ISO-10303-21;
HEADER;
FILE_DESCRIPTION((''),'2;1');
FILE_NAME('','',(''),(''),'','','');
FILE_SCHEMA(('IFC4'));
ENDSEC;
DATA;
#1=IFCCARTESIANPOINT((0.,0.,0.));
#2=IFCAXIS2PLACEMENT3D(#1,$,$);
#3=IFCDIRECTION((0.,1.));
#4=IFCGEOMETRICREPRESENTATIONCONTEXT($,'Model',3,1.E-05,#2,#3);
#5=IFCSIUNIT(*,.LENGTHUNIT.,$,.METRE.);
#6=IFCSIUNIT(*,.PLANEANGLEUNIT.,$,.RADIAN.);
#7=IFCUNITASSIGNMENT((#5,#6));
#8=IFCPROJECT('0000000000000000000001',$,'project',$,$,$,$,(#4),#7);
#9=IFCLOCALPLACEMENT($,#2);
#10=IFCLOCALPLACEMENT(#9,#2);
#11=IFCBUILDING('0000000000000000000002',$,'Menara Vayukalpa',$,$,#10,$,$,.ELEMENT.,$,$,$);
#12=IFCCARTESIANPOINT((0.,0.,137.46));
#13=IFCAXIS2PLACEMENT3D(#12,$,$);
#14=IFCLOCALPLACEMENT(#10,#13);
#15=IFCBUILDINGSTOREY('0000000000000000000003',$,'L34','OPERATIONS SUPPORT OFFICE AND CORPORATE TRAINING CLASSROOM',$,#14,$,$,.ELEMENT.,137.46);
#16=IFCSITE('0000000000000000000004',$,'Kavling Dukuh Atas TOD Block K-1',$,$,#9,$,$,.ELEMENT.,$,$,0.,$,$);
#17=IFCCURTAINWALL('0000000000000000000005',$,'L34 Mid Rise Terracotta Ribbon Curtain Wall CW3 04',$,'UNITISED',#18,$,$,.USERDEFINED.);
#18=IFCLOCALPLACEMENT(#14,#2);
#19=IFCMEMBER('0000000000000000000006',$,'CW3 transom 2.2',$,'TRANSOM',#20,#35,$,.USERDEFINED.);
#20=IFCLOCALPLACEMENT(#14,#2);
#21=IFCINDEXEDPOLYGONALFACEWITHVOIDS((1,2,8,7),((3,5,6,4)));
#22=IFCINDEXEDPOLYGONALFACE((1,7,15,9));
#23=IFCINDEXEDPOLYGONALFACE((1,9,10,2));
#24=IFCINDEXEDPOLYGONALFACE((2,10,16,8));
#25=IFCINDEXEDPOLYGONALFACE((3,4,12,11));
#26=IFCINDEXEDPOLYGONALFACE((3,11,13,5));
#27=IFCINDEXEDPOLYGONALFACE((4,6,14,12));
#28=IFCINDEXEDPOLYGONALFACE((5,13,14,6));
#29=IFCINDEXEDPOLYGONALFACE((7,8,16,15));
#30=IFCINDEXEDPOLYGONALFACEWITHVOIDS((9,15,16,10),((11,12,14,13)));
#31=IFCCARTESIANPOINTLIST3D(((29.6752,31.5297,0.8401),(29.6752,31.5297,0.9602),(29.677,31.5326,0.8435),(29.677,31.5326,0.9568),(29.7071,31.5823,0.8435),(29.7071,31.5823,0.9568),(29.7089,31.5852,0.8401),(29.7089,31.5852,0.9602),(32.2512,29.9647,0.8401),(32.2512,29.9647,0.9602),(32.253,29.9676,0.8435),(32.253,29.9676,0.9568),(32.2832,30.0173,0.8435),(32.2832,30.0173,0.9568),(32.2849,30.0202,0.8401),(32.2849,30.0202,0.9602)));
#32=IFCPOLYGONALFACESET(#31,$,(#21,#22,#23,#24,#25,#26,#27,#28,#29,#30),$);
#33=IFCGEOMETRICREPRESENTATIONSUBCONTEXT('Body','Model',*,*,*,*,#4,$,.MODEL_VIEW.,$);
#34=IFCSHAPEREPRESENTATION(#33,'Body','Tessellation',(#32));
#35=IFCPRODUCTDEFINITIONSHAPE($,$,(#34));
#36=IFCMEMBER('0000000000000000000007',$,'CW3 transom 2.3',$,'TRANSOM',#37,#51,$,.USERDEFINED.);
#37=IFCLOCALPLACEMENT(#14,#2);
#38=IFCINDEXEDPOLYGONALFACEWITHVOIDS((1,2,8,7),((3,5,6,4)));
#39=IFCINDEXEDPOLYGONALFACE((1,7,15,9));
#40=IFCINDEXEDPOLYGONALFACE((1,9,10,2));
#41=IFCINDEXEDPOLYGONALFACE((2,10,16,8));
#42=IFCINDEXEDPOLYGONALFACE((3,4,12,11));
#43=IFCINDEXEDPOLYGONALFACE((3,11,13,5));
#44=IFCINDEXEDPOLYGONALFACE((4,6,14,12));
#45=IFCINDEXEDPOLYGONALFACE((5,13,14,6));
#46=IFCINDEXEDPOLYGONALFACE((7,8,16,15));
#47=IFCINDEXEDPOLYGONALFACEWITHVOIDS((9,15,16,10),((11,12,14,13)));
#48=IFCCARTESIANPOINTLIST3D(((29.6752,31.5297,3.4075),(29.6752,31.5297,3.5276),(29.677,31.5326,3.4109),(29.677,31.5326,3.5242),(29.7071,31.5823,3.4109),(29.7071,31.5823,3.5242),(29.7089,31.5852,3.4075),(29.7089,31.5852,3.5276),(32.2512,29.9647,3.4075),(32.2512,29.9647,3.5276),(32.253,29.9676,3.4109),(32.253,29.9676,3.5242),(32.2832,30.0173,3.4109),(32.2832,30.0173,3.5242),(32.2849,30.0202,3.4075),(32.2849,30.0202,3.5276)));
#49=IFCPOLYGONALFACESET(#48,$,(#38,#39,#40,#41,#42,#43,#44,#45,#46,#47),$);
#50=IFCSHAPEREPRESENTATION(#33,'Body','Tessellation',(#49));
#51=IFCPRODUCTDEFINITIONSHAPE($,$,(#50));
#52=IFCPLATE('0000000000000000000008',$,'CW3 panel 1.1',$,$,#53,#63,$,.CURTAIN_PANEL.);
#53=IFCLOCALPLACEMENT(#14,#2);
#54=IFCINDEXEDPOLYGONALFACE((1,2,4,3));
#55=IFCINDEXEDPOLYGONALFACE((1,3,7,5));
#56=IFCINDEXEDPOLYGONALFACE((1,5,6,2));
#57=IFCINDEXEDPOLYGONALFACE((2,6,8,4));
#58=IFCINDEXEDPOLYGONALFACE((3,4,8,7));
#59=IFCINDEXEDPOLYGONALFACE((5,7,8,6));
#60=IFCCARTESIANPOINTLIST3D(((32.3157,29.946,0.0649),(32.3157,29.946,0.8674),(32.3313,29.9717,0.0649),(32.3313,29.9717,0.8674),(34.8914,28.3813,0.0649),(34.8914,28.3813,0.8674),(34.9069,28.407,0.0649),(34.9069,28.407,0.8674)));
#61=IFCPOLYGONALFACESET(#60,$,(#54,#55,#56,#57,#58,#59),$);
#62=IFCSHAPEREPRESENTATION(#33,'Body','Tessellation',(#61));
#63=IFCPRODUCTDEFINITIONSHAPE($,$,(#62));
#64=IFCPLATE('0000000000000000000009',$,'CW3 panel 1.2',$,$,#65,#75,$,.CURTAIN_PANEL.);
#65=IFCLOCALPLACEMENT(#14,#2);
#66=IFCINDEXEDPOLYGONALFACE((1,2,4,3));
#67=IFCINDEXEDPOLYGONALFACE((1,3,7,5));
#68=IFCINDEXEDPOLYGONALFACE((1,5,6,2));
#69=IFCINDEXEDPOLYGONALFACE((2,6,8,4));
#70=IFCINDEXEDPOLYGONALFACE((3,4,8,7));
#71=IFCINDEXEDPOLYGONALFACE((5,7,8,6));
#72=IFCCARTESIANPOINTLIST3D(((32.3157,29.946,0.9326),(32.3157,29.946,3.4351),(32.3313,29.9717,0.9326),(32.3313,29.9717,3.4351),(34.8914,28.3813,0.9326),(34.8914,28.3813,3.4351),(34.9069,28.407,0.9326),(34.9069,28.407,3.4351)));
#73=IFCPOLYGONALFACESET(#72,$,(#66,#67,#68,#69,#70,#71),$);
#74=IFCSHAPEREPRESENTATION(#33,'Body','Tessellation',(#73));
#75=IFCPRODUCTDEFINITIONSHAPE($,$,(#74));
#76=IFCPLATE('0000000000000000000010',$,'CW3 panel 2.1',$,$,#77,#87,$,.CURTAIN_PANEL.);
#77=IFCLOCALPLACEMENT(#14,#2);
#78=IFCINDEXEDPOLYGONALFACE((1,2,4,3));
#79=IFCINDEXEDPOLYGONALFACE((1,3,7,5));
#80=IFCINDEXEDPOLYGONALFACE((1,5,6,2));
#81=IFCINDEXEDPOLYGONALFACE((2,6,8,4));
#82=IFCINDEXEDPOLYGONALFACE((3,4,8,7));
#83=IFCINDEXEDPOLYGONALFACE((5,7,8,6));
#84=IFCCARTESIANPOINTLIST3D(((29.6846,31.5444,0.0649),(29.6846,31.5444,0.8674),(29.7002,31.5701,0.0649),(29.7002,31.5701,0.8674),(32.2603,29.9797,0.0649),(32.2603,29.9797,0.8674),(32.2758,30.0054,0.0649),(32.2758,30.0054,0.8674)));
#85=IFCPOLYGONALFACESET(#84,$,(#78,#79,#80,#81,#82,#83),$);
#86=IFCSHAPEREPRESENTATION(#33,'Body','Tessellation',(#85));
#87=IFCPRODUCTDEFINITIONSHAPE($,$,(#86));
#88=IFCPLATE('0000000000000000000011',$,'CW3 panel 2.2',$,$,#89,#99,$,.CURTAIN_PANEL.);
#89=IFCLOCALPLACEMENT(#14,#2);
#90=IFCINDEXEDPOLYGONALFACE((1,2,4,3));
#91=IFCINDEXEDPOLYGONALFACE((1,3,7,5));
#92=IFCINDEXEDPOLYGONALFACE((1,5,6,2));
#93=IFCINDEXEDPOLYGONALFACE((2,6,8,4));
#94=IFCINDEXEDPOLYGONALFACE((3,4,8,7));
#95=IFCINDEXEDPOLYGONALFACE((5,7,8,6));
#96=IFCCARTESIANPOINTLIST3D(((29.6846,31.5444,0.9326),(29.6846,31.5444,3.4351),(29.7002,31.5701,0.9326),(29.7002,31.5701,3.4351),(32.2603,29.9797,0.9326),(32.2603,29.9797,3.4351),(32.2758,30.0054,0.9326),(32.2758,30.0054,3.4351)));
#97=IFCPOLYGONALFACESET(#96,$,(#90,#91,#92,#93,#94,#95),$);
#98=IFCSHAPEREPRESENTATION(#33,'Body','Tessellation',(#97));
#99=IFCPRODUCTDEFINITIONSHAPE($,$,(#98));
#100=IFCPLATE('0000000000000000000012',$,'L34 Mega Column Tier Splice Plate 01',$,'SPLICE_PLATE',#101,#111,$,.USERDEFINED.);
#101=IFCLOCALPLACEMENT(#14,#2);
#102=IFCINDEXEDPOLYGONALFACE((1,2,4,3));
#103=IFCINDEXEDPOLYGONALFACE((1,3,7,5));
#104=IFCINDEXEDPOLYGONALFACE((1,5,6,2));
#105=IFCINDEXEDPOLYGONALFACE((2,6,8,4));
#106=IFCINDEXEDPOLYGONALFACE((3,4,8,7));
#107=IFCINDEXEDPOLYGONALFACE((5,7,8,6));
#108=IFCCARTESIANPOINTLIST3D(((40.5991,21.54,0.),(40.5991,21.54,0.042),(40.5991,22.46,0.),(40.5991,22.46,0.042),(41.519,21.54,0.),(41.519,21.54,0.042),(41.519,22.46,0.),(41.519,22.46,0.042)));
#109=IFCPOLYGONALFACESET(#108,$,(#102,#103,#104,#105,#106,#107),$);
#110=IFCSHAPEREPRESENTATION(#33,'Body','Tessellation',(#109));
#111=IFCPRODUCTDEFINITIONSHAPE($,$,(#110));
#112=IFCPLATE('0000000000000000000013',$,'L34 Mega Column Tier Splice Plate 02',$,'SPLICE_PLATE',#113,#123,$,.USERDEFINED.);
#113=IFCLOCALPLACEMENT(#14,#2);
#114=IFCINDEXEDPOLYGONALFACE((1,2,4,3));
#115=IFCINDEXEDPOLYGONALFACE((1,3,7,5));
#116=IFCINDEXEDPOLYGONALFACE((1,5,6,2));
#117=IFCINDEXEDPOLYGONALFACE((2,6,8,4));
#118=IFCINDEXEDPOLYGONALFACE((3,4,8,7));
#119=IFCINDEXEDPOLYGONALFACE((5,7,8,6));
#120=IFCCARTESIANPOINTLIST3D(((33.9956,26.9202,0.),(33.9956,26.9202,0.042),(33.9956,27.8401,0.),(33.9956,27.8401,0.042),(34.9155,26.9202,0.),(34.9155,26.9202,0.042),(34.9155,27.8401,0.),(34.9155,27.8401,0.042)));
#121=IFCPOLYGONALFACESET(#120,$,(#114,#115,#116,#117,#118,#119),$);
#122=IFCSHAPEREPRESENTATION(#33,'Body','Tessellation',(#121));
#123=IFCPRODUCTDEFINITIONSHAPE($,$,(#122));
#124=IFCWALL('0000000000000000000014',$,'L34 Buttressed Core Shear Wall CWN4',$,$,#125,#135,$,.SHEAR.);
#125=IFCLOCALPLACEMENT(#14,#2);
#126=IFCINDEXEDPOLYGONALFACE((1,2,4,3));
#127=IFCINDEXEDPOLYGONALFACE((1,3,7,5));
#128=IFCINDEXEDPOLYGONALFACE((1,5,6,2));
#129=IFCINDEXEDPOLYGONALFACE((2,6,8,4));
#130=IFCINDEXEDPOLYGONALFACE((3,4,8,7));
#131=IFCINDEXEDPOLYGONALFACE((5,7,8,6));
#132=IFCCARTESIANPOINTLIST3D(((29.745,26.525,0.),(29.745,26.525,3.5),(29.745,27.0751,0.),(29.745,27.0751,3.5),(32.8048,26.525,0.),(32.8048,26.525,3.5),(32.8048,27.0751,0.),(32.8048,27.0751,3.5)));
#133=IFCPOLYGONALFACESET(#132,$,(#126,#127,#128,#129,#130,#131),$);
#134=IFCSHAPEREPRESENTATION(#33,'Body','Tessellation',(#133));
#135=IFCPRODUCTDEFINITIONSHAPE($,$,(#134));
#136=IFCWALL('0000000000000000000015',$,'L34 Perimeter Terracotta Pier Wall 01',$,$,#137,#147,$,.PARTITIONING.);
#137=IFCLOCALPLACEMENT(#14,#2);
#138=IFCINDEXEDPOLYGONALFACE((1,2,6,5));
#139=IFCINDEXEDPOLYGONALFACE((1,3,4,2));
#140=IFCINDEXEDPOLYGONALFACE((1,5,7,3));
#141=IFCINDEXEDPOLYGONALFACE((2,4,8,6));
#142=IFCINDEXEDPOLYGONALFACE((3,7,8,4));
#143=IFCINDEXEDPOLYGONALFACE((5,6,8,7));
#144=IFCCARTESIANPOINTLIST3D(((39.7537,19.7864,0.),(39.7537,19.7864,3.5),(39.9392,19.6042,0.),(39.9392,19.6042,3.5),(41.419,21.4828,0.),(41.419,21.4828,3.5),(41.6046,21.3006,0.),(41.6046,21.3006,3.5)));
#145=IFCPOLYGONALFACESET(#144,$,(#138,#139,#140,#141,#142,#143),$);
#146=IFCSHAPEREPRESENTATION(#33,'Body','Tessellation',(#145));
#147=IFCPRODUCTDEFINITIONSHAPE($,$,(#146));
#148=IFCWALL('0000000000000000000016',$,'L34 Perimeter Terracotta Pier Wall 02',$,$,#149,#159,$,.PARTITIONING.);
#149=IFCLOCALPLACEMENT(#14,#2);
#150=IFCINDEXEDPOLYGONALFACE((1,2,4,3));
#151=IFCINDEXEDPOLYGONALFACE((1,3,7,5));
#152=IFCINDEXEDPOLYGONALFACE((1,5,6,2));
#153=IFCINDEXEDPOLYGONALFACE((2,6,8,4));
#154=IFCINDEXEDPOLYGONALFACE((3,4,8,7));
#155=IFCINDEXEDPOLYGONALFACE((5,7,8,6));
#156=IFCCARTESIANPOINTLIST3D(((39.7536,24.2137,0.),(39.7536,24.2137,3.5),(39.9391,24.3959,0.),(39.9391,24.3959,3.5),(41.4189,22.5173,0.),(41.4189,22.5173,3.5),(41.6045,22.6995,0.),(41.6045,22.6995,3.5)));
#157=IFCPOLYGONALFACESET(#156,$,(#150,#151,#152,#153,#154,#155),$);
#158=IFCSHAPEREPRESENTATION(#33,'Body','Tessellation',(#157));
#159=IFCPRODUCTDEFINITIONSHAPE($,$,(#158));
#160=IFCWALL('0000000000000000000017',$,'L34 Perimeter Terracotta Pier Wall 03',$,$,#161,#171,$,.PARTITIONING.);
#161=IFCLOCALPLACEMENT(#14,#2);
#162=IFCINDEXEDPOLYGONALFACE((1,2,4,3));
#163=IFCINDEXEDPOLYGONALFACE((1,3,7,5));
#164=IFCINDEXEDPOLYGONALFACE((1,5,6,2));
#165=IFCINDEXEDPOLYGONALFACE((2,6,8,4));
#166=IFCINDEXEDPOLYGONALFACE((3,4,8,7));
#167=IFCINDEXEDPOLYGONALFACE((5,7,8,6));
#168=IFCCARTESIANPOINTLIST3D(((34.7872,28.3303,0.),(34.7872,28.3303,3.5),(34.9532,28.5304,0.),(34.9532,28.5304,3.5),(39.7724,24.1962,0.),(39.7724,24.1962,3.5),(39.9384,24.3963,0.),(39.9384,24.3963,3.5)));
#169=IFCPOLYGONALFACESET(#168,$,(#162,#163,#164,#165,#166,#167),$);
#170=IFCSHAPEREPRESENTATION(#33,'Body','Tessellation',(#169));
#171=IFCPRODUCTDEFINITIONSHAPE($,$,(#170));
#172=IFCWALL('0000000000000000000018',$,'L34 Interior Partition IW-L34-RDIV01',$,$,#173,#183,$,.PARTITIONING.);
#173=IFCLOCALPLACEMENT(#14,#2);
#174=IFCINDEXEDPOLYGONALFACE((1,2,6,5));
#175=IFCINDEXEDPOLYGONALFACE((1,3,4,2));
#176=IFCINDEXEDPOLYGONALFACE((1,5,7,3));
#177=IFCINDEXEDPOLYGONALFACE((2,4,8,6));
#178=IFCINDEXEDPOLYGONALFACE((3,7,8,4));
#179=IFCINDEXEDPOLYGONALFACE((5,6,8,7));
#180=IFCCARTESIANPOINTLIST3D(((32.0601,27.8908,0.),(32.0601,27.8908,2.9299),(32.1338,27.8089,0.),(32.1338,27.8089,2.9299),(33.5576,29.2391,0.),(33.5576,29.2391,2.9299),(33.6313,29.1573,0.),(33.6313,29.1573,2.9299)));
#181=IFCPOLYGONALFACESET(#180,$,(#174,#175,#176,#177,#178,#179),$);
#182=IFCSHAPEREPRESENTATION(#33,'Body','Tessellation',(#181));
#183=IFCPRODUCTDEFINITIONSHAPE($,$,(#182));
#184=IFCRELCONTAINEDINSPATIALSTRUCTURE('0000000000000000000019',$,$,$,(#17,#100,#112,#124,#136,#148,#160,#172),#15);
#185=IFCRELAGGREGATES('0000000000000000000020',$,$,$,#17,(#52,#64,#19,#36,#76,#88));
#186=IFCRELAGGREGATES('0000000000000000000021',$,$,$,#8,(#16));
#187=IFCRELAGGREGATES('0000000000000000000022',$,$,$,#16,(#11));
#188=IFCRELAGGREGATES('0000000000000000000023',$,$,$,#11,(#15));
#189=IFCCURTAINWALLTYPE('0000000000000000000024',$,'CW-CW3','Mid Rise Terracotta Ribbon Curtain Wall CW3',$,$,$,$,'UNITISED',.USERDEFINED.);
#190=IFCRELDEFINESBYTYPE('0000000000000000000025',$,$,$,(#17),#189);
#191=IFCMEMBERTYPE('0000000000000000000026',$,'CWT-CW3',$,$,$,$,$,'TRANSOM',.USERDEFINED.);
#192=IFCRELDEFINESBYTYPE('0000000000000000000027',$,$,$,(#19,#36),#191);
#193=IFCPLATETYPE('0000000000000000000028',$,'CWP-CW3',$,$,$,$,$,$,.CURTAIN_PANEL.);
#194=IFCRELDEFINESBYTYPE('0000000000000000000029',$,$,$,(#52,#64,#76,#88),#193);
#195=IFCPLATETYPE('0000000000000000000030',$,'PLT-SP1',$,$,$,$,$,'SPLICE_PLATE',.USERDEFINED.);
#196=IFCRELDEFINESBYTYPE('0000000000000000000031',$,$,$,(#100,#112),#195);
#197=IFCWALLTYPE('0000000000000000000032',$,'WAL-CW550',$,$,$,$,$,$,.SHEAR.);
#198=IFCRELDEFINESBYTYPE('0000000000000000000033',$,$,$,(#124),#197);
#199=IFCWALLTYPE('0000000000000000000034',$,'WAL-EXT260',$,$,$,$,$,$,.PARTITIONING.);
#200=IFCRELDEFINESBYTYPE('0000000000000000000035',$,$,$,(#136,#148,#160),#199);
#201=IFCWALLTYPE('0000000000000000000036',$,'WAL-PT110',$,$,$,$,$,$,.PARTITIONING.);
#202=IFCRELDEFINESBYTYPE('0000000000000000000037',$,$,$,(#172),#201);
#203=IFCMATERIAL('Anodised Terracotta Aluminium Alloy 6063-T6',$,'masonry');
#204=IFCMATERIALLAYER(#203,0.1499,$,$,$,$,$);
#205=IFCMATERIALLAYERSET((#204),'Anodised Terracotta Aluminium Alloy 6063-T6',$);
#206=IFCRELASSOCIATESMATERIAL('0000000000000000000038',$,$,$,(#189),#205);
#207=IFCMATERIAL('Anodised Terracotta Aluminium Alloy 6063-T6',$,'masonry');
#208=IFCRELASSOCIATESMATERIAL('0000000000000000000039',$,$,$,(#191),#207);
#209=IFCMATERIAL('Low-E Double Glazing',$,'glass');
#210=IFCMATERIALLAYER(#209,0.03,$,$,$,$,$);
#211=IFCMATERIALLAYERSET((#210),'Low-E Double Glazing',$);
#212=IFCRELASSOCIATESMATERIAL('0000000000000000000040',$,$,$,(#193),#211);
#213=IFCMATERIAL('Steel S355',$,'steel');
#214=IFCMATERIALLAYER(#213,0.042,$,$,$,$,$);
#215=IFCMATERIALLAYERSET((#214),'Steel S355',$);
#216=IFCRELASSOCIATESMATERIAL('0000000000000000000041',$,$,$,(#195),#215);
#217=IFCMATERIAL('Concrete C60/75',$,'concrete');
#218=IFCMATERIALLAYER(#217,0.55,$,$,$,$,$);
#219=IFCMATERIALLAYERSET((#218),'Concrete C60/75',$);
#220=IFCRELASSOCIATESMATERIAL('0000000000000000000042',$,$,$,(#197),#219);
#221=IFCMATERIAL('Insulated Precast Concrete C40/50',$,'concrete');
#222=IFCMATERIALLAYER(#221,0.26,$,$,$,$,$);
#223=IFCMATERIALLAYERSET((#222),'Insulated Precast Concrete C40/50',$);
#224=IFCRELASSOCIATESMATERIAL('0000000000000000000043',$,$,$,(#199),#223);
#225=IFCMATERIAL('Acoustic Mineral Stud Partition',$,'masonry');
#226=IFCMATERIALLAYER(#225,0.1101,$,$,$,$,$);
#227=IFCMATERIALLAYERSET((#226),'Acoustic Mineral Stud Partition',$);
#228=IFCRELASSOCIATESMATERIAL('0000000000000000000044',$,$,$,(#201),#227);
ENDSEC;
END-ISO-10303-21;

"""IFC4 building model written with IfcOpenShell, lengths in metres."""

from ifc_helpers import new_model, si_unit, direction, frame, frame_2d, origin, origin_2d, place, context, subcontext, project, spatial, rectangle, hollow_rectangle, extrude, material, layer, layer_set, material_profile, profile_set, type_object, element, aggregate, save


model = new_model("IFC4")

# Units and contexts
model_context = context("Model", 3, precision=1e-05, world=origin(), true_north=direction((0.0, 1.0)))
body_context = subcontext(model_context, "Body", "Model", "MODEL_VIEW")
ifc_project = project(units=[si_unit("LENGTHUNIT", "METRE"), si_unit("PLANEANGLEUNIT", "RADIAN")], contexts=[model_context])

# Site, building, storey
site_placement = place(None, origin())
site = spatial("IfcSite", under=ifc_project, at=site_placement, Name="Kavling Dukuh Atas TOD Block K-1", CompositionType="ELEMENT", RefElevation=0.0)
building_placement = place(site_placement, origin())
building = spatial("IfcBuilding", under=site, at=building_placement, Name="Menara Vayukalpa", CompositionType="ELEMENT")
storey_placement = place(building_placement, frame((0.0, 0.0, 137.46)))
storey = spatial("IfcBuildingStorey", under=building, at=storey_placement, Name="L34", Description="OPERATIONS SUPPORT OFFICE AND CORPORATE TRAINING CLASSROOM", CompositionType="ELEMENT", Elevation=137.46)

# Curtain wall, members, plates
ifc_material_1 = material(Name="Anodised Terracotta Aluminium Alloy 6063-T6", Category="masonry")
ifc_layer_1 = layer(ifc_material_1, 0.1499)
ifc_layer_set_1 = layer_set([ifc_layer_1], Name="Anodised Terracotta Aluminium Alloy 6063-T6")
curtain_wall_type = type_object("IfcCurtainWallType", Name="CW-CW3", Description="Mid Rise Terracotta Ribbon Curtain Wall CW3", ElementType="UNITISED", PredefinedType="USERDEFINED", material=ifc_layer_set_1)
curtain_wall_placement = place(storey_placement, origin())
curtain_wall = element("IfcCurtainWall", 1, at=curtain_wall_placement, inside=storey, type_object=curtain_wall_type, Name="L34 Mid Rise Terracotta Ribbon Curtain Wall CW3 04", ObjectType="UNITISED", PredefinedType="USERDEFINED")
ifc_material_2 = material(Name="Anodised Terracotta Aluminium Alloy 6063-T6", Category="masonry")
ifc_material_profile_1 = material_profile(ifc_material_2, hollow_rectangle(XDim=0.0649, YDim=0.1201, WallThickness=0.0034, at=origin_2d()), Name="ALU 65x120x3.5")
ifc_profile_set_1 = profile_set([ifc_material_profile_1], Name="Anodised Terracotta Aluminium Alloy 6063-T6")
member_type_1 = type_object("IfcMemberType", Name="CWT-CW3", ElementType="TRANSOM", PredefinedType="USERDEFINED", material=ifc_profile_set_1)
member_1_placement = place(storey_placement, frame((32.2681, 29.9924, 0.9001), z_axis=(-0.854642, 0.519217, 0.0), x_axis=(-0.519217, -0.854642, 0.0)))
member_1 = element("IfcMember", 2, at=member_1_placement, type_object=member_type_1, Name="CW3 transom 2.2", ObjectType="TRANSOM", PredefinedType="USERDEFINED", context=body_context, shape_type="SweptSolid", body=[
    extrude(hollow_rectangle(XDim=0.0649, YDim=0.1201, WallThickness=0.0034, at=origin_2d()), origin(), (0.0, 0.0, 1.0), 3.0142),
])
member_2_placement = place(storey_placement, frame((32.2681, 29.9924, 3.4675), z_axis=(-0.854642, 0.519217, 0.0), x_axis=(-0.519217, -0.854642, 0.0)))
member_2 = element("IfcMember", 3, at=member_2_placement, type_object=member_type_1, Name="CW3 transom 2.3", ObjectType="TRANSOM", PredefinedType="USERDEFINED", context=body_context, shape_type="SweptSolid", body=[
    extrude(hollow_rectangle(XDim=0.0649, YDim=0.1201, WallThickness=0.0034, at=origin_2d()), origin(), (0.0, 0.0, 1.0), 3.0142),
])
ifc_material_3 = material(Name="Low-E Double Glazing", Category="glass")
ifc_layer_2 = layer(ifc_material_3, 0.03)
ifc_layer_set_2 = layer_set([ifc_layer_2], Name="Low-E Double Glazing")
plate_type_1 = type_object("IfcPlateType", Name="CWP-CW3", PredefinedType="CURTAIN_PANEL", material=ifc_layer_set_2)
plate_1_placement = place(storey_placement, frame((33.6113, 29.1765, 0.0649), z_axis=(0.0, 0.0, 1.0), x_axis=(-0.854655, 0.519196, 0.0)))
plate_1 = element("IfcPlate", 4, at=plate_1_placement, type_object=plate_type_1, Name="CW3 panel 1.1", PredefinedType="CURTAIN_PANEL", context=body_context, shape_type="SweptSolid", body=[
    extrude(rectangle(XDim=3.0137, YDim=0.03, at=origin_2d()), origin(), (0.0, 0.0, 1.0), 0.8025),
])
plate_2_placement = place(storey_placement, frame((33.6113, 29.1765, 0.9326), z_axis=(0.0, 0.0, 1.0), x_axis=(-0.854655, 0.519196, 0.0)))
plate_2 = element("IfcPlate", 5, at=plate_2_placement, type_object=plate_type_1, Name="CW3 panel 1.2", PredefinedType="CURTAIN_PANEL", context=body_context, shape_type="SweptSolid", body=[
    extrude(rectangle(XDim=3.0137, YDim=0.03, at=origin_2d()), origin(), (0.0, 0.0, 1.0), 2.5024),
])
plate_3_placement = place(storey_placement, frame((30.9802, 30.7749, 0.0649), z_axis=(0.0, 0.0, 1.0), x_axis=(-0.854655, 0.519196, 0.0)))
plate_3 = element("IfcPlate", 6, at=plate_3_placement, type_object=plate_type_1, Name="CW3 panel 2.1", PredefinedType="CURTAIN_PANEL", context=body_context, shape_type="SweptSolid", body=[
    extrude(rectangle(XDim=3.0137, YDim=0.03, at=origin_2d()), origin(), (0.0, 0.0, 1.0), 0.8025),
])
plate_4_placement = place(storey_placement, frame((30.9802, 30.7749, 0.9326), z_axis=(0.0, 0.0, 1.0), x_axis=(-0.854655, 0.519196, 0.0)))
plate_4 = element("IfcPlate", 7, at=plate_4_placement, type_object=plate_type_1, Name="CW3 panel 2.2", PredefinedType="CURTAIN_PANEL", context=body_context, shape_type="SweptSolid", body=[
    extrude(rectangle(XDim=3.0137, YDim=0.03, at=origin_2d()), origin(), (0.0, 0.0, 1.0), 2.5024),
])
aggregate(curtain_wall, [plate_1, plate_2, member_1, member_2, plate_3, plate_4])

# Plates
ifc_material_4 = material(Name="Steel S355", Category="steel")
ifc_layer_3 = layer(ifc_material_4, 0.042)
ifc_layer_set_3 = layer_set([ifc_layer_3], Name="Steel S355")
plate_type_2 = type_object("IfcPlateType", Name="PLT-SP1", ElementType="SPLICE_PLATE", PredefinedType="USERDEFINED", material=ifc_layer_set_3)
for number, where, z_axis, x_axis, name in (
    (8, (41.0591, 22.0, 0.0), (0.0, 0.0, 1.0), (1.0, 0.0, 0.0), "L34 Mega Column Tier Splice Plate 01"),
    (9, (34.4556, 27.3801, 0.0), (0.0, 0.0, 1.0), (1.0, 0.0, 0.0), "L34 Mega Column Tier Splice Plate 02"),
):
    element("IfcPlate", number, at=place(storey_placement, frame(where, z_axis=z_axis, x_axis=x_axis)), inside=storey, type_object=plate_type_2, Name=name, ObjectType="SPLICE_PLATE", PredefinedType="USERDEFINED", context=body_context, shape_type="SweptSolid", body=[
        extrude(rectangle(XDim=0.9199, YDim=0.9199, at=origin_2d()), origin(), (0.0, 0.0, 1.0), 0.042),
    ])

# Walls
ifc_material_5 = material(Name="Concrete C60/75", Category="concrete")
ifc_layer_4 = layer(ifc_material_5, 0.55)
ifc_layer_set_4 = layer_set([ifc_layer_4], Name="Concrete C60/75")
wall_type_1 = type_object("IfcWallType", Name="WAL-CW550", PredefinedType="SHEAR", material=ifc_layer_set_4)
wall_1_placement = place(storey_placement, frame((29.7451, 26.8, 0.0), z_axis=(0.0, 0.0, 1.0), x_axis=(1.0, 0.0, 0.0)))
element("IfcWall", 10, at=wall_1_placement, inside=storey, type_object=wall_type_1, Name="L34 Buttressed Core Shear Wall CWN4", PredefinedType="SHEAR", context=body_context, shape_type="SweptSolid", body=[
    extrude(rectangle(XDim=3.0598, YDim=0.55, at=frame_2d((1.5298, 0.0))), origin(), (0.0, 0.0, 1.0), 3.5),
])
ifc_material_6 = material(Name="Insulated Precast Concrete C40/50", Category="concrete")
ifc_layer_5 = layer(ifc_material_6, 0.26)
ifc_layer_set_5 = layer_set([ifc_layer_5], Name="Insulated Precast Concrete C40/50")
wall_type_2 = type_object("IfcWallType", Name="WAL-EXT260", PredefinedType="PARTITIONING", material=ifc_layer_set_5)
for number, where, z_axis, x_axis, name in (
    (11, (41.5117, 21.3916, 0.0), (0.0, 0.0, 1.0), (-0.700555, -0.713599, 0.0), "L34 Perimeter Terracotta Pier Wall 01"),
    (12, (39.8464, 24.3047, 0.0), (0.0, 0.0, 1.0), (0.700555, -0.713599, 0.0), "L34 Perimeter Terracotta Pier Wall 02"),
):
    element("IfcWall", number, at=place(storey_placement, frame(where, z_axis=z_axis, x_axis=x_axis)), inside=storey, type_object=wall_type_2, Name=name, PredefinedType="PARTITIONING", context=body_context, shape_type="SweptSolid", body=[
        extrude(rectangle(XDim=2.3772, YDim=0.26, at=frame_2d((1.1885, 0.0))), origin(), (0.0, 0.0, 1.0), 3.5),
    ])
wall_2_placement = place(storey_placement, frame((34.8701, 28.4304, 0.0), z_axis=(0.0, 0.0, 1.0), x_axis=(0.769755, -0.63834, 0.0)))
element("IfcWall", 13, at=wall_2_placement, inside=storey, type_object=wall_type_2, Name="L34 Perimeter Terracotta Pier Wall 03", PredefinedType="PARTITIONING", context=body_context, shape_type="SweptSolid", body=[
    extrude(rectangle(XDim=6.4763, YDim=0.26, at=frame_2d((3.2383, 0.0))), origin(), (0.0, 0.0, 1.0), 3.5),
])
ifc_material_7 = material(Name="Acoustic Mineral Stud Partition", Category="masonry")
ifc_layer_6 = layer(ifc_material_7, 0.1101)
ifc_layer_set_6 = layer_set([ifc_layer_6], Name="Acoustic Mineral Stud Partition")
wall_type_3 = type_object("IfcWallType", Name="WAL-PT110", PredefinedType="PARTITIONING", material=ifc_layer_set_6)
wall_3_placement = place(storey_placement, frame((32.0969, 27.8499, 0.0), z_axis=(0.0, 0.0, 1.0), x_axis=(0.74315, 0.669125, 0.0)))
element("IfcWall", 14, at=wall_3_placement, inside=storey, type_object=wall_type_3, Name="L34 Interior Partition IW-L34-RDIV01", PredefinedType="PARTITIONING", context=body_context, shape_type="SweptSolid", body=[
    extrude(rectangle(XDim=2.0151, YDim=0.1101, at=frame_2d((1.0076, 0.0))), origin(), (0.0, 0.0, 1.0), 2.9299),
])

save(model, "model.ifc")
